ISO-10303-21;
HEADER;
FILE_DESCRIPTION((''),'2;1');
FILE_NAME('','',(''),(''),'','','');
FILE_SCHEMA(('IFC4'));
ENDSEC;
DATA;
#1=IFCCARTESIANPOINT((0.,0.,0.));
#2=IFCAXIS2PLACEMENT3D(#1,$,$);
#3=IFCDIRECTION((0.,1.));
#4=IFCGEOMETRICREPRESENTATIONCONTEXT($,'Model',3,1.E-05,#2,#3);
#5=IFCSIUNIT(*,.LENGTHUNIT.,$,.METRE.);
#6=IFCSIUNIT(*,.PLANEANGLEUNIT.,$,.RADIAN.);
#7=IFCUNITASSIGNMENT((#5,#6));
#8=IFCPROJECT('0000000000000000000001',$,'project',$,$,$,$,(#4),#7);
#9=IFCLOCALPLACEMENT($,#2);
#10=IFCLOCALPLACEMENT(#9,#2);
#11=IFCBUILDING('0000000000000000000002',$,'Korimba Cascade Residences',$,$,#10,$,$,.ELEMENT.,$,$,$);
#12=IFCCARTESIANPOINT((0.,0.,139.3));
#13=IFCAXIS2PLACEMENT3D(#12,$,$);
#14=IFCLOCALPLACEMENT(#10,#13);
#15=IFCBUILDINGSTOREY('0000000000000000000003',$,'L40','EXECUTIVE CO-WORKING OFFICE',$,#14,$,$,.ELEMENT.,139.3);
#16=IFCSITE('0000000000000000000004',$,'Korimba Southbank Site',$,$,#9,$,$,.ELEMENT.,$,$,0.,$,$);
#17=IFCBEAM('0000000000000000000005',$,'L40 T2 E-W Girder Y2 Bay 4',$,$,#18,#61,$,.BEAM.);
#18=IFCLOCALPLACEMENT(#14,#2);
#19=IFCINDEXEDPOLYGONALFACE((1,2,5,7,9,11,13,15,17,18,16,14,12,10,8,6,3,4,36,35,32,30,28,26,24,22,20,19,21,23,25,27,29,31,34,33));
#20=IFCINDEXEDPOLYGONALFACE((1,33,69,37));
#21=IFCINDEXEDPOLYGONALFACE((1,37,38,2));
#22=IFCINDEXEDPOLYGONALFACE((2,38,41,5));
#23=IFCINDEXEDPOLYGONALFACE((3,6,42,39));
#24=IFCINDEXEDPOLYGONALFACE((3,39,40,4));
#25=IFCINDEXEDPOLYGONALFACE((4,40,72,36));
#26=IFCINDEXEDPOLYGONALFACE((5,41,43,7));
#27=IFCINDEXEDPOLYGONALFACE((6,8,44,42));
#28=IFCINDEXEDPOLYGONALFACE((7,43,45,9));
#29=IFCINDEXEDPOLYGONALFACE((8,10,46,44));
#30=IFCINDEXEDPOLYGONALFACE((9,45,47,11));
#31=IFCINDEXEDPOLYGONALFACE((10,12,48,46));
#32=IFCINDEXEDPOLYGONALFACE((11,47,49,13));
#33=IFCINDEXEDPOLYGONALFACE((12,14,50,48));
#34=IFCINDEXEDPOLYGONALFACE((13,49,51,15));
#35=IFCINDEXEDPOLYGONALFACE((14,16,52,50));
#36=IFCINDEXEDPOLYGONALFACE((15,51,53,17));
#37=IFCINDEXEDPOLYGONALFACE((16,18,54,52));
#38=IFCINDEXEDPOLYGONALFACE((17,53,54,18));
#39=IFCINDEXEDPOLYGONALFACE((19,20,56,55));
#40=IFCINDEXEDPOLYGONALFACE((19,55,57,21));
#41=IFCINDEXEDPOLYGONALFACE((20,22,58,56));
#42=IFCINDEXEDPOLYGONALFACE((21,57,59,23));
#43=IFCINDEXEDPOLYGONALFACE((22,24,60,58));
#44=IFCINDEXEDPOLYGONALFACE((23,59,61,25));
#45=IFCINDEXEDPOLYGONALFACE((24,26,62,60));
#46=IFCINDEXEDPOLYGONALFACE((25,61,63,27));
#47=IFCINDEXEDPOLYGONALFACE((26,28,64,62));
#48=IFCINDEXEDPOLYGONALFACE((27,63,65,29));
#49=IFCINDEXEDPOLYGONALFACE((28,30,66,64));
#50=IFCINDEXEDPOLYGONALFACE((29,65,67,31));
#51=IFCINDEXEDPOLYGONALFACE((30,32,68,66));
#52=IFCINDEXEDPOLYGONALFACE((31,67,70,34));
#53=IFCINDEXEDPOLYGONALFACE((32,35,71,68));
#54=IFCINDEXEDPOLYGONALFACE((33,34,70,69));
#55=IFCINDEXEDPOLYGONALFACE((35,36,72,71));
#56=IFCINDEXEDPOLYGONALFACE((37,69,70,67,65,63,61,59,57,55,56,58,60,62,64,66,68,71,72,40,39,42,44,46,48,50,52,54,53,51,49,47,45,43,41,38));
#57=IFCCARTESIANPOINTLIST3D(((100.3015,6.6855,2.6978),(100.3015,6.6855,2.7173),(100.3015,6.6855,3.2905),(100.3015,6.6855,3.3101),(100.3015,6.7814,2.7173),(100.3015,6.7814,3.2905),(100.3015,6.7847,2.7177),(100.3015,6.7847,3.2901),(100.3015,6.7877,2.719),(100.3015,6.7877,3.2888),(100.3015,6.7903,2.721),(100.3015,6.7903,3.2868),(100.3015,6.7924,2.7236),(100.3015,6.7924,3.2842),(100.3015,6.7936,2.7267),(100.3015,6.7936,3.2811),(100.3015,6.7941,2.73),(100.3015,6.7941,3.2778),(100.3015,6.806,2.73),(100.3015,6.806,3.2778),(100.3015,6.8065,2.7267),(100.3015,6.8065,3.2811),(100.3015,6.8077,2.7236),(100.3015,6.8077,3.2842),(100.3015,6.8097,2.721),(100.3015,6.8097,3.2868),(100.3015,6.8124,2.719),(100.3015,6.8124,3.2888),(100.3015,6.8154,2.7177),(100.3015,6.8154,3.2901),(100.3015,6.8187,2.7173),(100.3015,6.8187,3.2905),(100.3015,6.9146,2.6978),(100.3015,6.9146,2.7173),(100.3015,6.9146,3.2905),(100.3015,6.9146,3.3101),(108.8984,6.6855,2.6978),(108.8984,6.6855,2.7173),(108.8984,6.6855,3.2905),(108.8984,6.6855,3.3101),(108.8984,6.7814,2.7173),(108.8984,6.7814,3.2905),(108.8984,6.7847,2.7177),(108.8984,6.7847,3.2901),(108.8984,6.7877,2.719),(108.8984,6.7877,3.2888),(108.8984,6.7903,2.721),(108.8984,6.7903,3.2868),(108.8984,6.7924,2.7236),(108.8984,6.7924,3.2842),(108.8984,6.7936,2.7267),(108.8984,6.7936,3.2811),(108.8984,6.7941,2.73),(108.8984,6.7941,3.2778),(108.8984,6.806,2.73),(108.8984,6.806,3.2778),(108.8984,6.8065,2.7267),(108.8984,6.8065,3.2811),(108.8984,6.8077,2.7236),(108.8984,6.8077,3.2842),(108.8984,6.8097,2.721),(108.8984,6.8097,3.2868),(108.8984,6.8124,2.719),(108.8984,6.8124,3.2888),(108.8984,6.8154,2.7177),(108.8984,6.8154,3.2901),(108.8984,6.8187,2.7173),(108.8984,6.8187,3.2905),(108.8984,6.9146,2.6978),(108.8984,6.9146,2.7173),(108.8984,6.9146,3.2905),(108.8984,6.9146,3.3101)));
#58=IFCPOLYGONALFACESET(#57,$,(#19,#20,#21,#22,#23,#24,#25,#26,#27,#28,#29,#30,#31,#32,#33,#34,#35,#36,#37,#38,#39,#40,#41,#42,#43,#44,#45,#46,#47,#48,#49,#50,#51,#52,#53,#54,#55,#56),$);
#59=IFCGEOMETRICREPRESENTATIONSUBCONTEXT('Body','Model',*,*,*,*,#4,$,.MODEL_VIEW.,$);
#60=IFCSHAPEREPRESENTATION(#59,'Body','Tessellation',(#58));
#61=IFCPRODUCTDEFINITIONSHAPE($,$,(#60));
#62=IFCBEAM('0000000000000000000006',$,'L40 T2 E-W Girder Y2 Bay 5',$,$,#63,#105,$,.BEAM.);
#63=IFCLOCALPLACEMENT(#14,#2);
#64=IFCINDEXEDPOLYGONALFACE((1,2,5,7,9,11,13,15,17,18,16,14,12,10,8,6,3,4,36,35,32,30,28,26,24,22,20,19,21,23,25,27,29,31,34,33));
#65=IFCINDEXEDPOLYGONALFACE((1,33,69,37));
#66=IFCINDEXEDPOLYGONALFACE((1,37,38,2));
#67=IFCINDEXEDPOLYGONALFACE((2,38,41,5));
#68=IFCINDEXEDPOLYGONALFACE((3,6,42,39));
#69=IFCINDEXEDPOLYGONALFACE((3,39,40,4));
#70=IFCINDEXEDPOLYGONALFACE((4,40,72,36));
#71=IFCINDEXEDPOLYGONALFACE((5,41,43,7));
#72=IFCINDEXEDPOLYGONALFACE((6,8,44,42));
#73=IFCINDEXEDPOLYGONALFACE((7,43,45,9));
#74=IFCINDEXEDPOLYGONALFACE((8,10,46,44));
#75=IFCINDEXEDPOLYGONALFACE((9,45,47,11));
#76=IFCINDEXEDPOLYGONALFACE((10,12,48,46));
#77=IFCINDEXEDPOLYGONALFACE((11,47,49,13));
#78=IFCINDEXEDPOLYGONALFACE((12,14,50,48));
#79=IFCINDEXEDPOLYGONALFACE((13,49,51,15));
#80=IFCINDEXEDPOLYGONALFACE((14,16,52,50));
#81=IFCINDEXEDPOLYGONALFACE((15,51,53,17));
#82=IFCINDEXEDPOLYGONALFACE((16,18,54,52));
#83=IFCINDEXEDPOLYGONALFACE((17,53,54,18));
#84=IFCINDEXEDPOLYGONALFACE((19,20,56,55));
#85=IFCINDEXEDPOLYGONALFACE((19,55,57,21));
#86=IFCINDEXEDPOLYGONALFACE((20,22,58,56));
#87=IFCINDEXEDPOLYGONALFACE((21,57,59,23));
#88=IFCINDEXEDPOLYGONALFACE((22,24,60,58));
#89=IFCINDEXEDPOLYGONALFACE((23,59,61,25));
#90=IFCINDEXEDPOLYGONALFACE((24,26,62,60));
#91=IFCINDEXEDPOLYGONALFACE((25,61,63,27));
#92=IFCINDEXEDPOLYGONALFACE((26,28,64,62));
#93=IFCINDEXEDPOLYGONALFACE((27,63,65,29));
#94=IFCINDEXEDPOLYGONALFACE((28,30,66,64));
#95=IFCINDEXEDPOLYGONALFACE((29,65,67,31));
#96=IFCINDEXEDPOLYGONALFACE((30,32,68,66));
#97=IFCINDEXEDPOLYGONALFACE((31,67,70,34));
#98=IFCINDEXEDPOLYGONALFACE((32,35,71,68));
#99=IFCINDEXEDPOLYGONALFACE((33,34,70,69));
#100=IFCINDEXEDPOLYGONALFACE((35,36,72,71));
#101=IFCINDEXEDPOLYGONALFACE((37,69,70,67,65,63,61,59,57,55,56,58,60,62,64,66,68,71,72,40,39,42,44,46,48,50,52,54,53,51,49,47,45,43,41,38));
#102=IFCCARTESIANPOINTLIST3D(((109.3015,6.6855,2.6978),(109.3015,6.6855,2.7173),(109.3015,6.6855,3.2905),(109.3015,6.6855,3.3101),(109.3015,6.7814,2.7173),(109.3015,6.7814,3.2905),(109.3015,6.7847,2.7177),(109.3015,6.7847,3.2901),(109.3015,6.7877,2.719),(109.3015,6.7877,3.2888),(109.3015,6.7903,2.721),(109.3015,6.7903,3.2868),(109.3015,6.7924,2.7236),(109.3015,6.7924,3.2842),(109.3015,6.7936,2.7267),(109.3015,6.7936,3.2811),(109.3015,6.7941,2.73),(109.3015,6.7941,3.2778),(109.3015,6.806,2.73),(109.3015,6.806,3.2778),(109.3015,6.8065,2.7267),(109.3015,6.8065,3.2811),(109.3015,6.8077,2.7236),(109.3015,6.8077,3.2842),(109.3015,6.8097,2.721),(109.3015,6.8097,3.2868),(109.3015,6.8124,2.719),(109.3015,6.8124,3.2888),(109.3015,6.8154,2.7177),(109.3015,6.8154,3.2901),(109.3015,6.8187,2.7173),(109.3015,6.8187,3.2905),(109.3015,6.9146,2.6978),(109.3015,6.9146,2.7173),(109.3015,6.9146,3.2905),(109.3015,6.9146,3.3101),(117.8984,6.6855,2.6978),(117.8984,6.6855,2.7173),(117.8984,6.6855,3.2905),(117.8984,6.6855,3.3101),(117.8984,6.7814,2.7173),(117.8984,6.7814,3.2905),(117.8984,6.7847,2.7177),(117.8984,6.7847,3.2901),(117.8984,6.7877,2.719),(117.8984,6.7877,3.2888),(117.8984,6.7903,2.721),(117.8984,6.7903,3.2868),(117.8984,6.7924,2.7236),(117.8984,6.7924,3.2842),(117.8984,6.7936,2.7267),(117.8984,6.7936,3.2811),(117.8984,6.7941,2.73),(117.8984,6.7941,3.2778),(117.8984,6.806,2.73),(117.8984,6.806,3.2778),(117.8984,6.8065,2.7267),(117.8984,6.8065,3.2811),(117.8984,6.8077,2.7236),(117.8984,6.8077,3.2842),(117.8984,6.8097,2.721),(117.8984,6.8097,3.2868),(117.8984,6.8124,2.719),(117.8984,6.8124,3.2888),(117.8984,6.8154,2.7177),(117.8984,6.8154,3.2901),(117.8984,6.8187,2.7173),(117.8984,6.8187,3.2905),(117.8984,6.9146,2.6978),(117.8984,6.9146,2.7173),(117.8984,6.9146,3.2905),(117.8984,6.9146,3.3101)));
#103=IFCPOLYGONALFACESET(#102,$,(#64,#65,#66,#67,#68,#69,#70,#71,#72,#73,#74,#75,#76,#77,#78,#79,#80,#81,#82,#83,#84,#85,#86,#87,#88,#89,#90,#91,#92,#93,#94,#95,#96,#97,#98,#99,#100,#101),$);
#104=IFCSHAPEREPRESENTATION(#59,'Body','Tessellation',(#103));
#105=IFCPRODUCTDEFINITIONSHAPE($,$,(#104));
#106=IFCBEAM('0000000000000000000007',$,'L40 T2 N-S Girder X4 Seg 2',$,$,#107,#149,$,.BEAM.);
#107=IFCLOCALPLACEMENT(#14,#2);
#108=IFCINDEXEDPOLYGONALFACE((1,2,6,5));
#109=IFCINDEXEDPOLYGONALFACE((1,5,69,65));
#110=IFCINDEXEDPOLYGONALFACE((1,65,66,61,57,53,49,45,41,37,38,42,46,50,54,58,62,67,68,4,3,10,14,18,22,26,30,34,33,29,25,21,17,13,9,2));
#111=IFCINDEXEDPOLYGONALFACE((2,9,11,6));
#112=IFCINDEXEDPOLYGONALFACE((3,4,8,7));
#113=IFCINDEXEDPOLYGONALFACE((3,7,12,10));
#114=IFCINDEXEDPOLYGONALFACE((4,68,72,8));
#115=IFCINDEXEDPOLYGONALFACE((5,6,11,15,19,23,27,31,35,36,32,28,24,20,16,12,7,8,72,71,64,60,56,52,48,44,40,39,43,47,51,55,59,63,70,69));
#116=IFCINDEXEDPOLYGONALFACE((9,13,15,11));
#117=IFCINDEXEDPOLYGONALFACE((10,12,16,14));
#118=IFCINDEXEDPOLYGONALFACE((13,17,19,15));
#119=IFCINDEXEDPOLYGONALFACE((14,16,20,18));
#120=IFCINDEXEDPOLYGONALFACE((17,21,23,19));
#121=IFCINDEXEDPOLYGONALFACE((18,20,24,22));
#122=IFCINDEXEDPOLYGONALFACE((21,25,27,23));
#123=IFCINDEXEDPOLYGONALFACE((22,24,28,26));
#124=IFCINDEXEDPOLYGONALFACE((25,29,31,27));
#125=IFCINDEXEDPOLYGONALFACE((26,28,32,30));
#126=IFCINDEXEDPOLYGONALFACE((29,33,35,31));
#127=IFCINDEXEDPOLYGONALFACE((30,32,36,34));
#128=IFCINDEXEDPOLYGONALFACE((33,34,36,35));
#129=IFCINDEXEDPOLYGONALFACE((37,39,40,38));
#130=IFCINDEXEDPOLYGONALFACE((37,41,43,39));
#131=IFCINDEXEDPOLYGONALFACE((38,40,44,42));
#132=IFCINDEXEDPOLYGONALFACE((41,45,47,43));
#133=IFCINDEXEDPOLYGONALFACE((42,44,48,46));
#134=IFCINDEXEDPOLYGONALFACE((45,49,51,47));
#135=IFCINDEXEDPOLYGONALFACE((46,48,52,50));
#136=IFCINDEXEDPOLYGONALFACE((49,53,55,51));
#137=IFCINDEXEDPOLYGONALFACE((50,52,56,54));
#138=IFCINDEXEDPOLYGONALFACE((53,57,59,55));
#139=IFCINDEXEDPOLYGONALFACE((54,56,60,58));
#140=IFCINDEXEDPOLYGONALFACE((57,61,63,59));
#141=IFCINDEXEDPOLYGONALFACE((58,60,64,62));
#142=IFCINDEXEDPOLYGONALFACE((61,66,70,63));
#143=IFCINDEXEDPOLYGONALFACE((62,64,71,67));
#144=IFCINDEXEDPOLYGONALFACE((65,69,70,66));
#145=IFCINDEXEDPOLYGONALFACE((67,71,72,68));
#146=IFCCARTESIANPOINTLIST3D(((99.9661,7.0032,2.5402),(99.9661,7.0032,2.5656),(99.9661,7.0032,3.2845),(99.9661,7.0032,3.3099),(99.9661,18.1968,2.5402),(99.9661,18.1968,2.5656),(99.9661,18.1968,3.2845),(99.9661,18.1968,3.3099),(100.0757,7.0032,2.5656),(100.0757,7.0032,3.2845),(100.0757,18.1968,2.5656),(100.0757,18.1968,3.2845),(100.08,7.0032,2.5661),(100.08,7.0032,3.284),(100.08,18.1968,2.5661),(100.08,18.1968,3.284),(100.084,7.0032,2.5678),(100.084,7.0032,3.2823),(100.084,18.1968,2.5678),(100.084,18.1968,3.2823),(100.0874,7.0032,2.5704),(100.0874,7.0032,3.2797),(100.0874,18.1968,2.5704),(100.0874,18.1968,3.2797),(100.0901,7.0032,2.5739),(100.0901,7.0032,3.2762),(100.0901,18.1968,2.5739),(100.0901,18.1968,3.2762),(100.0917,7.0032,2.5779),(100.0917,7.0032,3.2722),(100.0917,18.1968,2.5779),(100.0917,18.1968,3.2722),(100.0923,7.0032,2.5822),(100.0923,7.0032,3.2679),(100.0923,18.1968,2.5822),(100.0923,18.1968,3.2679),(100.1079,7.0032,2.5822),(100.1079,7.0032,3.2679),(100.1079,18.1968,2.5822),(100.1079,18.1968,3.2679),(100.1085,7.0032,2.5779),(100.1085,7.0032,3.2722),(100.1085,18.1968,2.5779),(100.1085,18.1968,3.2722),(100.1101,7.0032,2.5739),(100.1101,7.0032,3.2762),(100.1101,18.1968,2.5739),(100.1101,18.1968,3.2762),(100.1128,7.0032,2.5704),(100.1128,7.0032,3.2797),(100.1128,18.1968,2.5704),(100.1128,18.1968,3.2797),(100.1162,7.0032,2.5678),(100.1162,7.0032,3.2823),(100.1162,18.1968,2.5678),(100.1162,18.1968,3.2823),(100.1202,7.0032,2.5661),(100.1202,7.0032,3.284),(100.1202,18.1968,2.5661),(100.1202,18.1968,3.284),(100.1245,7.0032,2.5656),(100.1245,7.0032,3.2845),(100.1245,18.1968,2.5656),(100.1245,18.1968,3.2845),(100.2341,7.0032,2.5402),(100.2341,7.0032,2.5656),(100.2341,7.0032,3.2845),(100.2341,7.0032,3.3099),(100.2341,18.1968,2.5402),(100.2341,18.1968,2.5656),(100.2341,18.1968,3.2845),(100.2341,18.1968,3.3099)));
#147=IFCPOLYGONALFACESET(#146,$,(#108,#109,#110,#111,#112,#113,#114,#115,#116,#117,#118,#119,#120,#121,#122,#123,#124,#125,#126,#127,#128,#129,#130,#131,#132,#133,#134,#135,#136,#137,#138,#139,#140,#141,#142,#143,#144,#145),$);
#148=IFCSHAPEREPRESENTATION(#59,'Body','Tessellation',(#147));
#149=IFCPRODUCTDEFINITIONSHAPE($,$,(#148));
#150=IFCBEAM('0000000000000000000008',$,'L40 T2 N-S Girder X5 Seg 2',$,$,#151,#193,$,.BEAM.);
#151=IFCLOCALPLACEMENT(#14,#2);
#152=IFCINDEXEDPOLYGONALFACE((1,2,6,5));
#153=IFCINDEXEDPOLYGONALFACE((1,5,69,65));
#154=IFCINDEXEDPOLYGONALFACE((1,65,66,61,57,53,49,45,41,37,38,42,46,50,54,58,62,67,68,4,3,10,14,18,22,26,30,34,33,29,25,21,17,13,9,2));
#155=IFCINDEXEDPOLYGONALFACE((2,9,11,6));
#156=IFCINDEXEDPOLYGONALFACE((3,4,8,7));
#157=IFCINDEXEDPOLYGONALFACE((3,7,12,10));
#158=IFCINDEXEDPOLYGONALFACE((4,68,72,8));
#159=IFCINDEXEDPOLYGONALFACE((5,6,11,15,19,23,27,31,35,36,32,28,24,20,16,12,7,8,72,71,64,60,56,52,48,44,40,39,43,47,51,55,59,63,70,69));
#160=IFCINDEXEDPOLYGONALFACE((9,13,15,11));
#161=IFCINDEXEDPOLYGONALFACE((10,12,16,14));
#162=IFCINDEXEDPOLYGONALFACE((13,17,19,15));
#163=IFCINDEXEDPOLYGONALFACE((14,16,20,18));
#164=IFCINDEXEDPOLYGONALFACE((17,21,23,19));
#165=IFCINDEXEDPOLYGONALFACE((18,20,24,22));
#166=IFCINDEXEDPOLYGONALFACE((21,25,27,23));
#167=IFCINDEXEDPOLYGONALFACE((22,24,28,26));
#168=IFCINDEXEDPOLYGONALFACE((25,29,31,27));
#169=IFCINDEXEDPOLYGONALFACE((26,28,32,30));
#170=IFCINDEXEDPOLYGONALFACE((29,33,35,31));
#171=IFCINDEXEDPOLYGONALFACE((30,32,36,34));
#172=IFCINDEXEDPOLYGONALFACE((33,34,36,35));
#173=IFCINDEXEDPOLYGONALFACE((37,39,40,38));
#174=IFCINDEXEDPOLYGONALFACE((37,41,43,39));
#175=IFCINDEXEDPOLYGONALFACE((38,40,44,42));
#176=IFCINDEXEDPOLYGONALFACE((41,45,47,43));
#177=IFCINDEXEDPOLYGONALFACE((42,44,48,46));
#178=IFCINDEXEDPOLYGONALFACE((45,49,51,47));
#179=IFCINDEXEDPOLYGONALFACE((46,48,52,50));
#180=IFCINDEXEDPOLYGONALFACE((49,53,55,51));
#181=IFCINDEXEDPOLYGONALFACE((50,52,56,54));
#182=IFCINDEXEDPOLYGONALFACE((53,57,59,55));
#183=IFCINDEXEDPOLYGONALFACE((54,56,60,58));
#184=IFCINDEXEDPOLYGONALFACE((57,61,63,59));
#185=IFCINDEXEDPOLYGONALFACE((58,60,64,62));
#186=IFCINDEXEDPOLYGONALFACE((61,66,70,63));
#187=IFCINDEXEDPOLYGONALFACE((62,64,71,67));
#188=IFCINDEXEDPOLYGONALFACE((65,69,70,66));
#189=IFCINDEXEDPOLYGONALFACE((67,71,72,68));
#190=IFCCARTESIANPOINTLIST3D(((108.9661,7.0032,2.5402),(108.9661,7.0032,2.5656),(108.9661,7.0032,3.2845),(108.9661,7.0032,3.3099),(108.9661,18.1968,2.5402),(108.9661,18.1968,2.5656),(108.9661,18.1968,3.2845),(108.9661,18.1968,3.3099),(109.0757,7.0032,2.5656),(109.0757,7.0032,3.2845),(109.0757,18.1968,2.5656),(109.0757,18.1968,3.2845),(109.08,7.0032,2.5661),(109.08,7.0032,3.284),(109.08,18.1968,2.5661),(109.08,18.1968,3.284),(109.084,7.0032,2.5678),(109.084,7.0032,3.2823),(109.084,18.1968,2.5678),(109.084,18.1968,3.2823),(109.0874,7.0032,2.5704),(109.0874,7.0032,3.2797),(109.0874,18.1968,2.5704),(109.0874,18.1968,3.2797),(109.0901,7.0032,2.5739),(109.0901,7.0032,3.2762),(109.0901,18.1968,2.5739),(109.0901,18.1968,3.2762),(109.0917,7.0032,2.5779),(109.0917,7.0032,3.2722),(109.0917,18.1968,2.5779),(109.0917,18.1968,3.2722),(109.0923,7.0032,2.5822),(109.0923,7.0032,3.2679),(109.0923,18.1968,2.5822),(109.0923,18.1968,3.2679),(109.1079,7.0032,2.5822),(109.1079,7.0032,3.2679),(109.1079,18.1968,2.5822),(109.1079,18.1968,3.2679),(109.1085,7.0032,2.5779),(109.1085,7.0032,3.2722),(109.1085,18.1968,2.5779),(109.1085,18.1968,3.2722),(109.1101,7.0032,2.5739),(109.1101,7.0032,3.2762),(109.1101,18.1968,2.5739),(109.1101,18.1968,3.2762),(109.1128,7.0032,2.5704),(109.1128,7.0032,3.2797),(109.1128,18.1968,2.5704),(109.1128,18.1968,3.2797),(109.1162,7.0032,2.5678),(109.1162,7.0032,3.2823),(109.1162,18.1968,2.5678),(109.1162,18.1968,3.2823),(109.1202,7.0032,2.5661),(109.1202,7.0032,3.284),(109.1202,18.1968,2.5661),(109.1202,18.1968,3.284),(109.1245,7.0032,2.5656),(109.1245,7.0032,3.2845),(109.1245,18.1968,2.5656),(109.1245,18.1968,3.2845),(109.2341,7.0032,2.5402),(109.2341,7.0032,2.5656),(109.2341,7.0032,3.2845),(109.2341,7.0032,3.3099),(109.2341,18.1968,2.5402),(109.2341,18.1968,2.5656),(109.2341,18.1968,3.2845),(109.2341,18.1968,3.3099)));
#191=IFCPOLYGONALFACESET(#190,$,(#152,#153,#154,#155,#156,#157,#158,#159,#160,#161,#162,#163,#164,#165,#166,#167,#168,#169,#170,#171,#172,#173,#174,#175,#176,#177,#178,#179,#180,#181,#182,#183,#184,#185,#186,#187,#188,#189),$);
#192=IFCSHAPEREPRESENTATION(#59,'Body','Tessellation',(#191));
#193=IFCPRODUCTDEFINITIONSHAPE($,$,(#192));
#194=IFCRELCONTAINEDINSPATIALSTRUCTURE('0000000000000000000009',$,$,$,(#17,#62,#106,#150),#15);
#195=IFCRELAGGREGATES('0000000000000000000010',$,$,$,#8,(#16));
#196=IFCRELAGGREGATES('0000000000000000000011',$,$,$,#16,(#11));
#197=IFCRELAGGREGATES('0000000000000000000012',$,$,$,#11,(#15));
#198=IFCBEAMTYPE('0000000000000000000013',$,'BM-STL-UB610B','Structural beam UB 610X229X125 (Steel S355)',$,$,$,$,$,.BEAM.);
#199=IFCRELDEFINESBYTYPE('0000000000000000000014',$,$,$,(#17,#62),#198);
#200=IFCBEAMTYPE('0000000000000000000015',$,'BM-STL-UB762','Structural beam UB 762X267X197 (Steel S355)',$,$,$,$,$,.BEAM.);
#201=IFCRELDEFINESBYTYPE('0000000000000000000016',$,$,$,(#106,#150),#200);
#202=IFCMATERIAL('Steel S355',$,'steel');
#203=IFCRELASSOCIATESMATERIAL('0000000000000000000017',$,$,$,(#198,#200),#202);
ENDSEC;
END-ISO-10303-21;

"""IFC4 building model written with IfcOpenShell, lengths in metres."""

from ifc_helpers import new_model, si_unit, direction, frame, origin, origin_2d, place, context, subcontext, project, spatial, i_section, extrude, material, material_profile, profile_set, type_object, element, save


model = new_model("IFC4")

# Units and contexts
model_context = context("Model", 3, precision=1e-05, world=origin(), true_north=direction((0.0, 1.0)))
body_context = subcontext(model_context, "Body", "Model", "MODEL_VIEW")
ifc_project = project(units=[si_unit("LENGTHUNIT", "METRE"), si_unit("PLANEANGLEUNIT", "RADIAN")], contexts=[model_context])

# Site, building, storey
site_placement = place(None, origin())
site = spatial("IfcSite", under=ifc_project, at=site_placement, Name="Korimba Southbank Site", CompositionType="ELEMENT", RefElevation=0.0)
building_placement = place(site_placement, origin())
building = spatial("IfcBuilding", under=site, at=building_placement, Name="Korimba Cascade Residences", CompositionType="ELEMENT")
storey_placement = place(building_placement, frame((0.0, 0.0, 139.3)))
storey = spatial("IfcBuildingStorey", under=building, at=storey_placement, Name="L40", Description="EXECUTIVE CO-WORKING OFFICE", CompositionType="ELEMENT", Elevation=139.3)

# Beams
ifc_material_1 = material(Name="Steel S355", Category="steel")
ifc_material_profile_1 = material_profile(ifc_material_1, i_section(OverallWidth=0.229, OverallDepth=0.6123, WebThickness=0.012, FlangeThickness=0.0195, FilletRadius=0.0127, at=origin_2d()), Name="Steel S355")
ifc_profile_set_1 = profile_set([ifc_material_profile_1], Name="Steel S355")
beam_type_1 = type_object("IfcBeamType", Name="BM-STL-UB610B", Description="Structural beam UB 610X229X125 (Steel S355)", PredefinedType="BEAM", material=ifc_profile_set_1)
for number, where, z_axis, x_axis, name in (
    (1, (100.3015, 6.8, 3.0039), (1.0, 0.0, 0.0), (0.0, 1.0, 0.0), "L40 T2 E-W Girder Y2 Bay 4"),
    (2, (109.3015, 6.8, 3.0039), (1.0, 0.0, 0.0), (0.0, 1.0, 0.0), "L40 T2 E-W Girder Y2 Bay 5"),
):
    element("IfcBeam", number, at=place(storey_placement, frame(where, z_axis=z_axis, x_axis=x_axis)), inside=storey, type_object=beam_type_1, Name=name, PredefinedType="BEAM", context=body_context, shape_type="SweptSolid", body=[
        extrude(i_section(OverallWidth=0.229, OverallDepth=0.6123, WebThickness=0.012, FlangeThickness=0.0195, FilletRadius=0.0127, at=origin_2d()), origin(), (0.0, 0.0, 1.0), 8.5969),
    ])
ifc_material_profile_2 = material_profile(ifc_material_1, i_section(OverallWidth=0.2681, OverallDepth=0.7698, WebThickness=0.0156, FlangeThickness=0.0254, FilletRadius=0.0166, at=origin_2d()), Name="Steel S355")
ifc_profile_set_2 = profile_set([ifc_material_profile_2], Name="Steel S355")
beam_type_2 = type_object("IfcBeamType", Name="BM-STL-UB762", Description="Structural beam UB 762X267X197 (Steel S355)", PredefinedType="BEAM", material=ifc_profile_set_2)
for number, where, z_axis, x_axis, name in (
    (3, (100.1001, 7.0032, 2.925), (0.0, 1.0, 0.0), (-1.0, 0.0, 0.0), "L40 T2 N-S Girder X4 Seg 2"),
    (4, (109.1001, 7.0032, 2.925), (0.0, 1.0, 0.0), (-1.0, 0.0, 0.0), "L40 T2 N-S Girder X5 Seg 2"),
):
    element("IfcBeam", number, at=place(storey_placement, frame(where, z_axis=z_axis, x_axis=x_axis)), inside=storey, type_object=beam_type_2, Name=name, PredefinedType="BEAM", context=body_context, shape_type="SweptSolid", body=[
        extrude(i_section(OverallWidth=0.2681, OverallDepth=0.7698, WebThickness=0.0156, FlangeThickness=0.0254, FilletRadius=0.0166, at=origin_2d()), origin(), (0.0, 0.0, 1.0), 11.1936),
    ])

save(model, "model.ifc")
